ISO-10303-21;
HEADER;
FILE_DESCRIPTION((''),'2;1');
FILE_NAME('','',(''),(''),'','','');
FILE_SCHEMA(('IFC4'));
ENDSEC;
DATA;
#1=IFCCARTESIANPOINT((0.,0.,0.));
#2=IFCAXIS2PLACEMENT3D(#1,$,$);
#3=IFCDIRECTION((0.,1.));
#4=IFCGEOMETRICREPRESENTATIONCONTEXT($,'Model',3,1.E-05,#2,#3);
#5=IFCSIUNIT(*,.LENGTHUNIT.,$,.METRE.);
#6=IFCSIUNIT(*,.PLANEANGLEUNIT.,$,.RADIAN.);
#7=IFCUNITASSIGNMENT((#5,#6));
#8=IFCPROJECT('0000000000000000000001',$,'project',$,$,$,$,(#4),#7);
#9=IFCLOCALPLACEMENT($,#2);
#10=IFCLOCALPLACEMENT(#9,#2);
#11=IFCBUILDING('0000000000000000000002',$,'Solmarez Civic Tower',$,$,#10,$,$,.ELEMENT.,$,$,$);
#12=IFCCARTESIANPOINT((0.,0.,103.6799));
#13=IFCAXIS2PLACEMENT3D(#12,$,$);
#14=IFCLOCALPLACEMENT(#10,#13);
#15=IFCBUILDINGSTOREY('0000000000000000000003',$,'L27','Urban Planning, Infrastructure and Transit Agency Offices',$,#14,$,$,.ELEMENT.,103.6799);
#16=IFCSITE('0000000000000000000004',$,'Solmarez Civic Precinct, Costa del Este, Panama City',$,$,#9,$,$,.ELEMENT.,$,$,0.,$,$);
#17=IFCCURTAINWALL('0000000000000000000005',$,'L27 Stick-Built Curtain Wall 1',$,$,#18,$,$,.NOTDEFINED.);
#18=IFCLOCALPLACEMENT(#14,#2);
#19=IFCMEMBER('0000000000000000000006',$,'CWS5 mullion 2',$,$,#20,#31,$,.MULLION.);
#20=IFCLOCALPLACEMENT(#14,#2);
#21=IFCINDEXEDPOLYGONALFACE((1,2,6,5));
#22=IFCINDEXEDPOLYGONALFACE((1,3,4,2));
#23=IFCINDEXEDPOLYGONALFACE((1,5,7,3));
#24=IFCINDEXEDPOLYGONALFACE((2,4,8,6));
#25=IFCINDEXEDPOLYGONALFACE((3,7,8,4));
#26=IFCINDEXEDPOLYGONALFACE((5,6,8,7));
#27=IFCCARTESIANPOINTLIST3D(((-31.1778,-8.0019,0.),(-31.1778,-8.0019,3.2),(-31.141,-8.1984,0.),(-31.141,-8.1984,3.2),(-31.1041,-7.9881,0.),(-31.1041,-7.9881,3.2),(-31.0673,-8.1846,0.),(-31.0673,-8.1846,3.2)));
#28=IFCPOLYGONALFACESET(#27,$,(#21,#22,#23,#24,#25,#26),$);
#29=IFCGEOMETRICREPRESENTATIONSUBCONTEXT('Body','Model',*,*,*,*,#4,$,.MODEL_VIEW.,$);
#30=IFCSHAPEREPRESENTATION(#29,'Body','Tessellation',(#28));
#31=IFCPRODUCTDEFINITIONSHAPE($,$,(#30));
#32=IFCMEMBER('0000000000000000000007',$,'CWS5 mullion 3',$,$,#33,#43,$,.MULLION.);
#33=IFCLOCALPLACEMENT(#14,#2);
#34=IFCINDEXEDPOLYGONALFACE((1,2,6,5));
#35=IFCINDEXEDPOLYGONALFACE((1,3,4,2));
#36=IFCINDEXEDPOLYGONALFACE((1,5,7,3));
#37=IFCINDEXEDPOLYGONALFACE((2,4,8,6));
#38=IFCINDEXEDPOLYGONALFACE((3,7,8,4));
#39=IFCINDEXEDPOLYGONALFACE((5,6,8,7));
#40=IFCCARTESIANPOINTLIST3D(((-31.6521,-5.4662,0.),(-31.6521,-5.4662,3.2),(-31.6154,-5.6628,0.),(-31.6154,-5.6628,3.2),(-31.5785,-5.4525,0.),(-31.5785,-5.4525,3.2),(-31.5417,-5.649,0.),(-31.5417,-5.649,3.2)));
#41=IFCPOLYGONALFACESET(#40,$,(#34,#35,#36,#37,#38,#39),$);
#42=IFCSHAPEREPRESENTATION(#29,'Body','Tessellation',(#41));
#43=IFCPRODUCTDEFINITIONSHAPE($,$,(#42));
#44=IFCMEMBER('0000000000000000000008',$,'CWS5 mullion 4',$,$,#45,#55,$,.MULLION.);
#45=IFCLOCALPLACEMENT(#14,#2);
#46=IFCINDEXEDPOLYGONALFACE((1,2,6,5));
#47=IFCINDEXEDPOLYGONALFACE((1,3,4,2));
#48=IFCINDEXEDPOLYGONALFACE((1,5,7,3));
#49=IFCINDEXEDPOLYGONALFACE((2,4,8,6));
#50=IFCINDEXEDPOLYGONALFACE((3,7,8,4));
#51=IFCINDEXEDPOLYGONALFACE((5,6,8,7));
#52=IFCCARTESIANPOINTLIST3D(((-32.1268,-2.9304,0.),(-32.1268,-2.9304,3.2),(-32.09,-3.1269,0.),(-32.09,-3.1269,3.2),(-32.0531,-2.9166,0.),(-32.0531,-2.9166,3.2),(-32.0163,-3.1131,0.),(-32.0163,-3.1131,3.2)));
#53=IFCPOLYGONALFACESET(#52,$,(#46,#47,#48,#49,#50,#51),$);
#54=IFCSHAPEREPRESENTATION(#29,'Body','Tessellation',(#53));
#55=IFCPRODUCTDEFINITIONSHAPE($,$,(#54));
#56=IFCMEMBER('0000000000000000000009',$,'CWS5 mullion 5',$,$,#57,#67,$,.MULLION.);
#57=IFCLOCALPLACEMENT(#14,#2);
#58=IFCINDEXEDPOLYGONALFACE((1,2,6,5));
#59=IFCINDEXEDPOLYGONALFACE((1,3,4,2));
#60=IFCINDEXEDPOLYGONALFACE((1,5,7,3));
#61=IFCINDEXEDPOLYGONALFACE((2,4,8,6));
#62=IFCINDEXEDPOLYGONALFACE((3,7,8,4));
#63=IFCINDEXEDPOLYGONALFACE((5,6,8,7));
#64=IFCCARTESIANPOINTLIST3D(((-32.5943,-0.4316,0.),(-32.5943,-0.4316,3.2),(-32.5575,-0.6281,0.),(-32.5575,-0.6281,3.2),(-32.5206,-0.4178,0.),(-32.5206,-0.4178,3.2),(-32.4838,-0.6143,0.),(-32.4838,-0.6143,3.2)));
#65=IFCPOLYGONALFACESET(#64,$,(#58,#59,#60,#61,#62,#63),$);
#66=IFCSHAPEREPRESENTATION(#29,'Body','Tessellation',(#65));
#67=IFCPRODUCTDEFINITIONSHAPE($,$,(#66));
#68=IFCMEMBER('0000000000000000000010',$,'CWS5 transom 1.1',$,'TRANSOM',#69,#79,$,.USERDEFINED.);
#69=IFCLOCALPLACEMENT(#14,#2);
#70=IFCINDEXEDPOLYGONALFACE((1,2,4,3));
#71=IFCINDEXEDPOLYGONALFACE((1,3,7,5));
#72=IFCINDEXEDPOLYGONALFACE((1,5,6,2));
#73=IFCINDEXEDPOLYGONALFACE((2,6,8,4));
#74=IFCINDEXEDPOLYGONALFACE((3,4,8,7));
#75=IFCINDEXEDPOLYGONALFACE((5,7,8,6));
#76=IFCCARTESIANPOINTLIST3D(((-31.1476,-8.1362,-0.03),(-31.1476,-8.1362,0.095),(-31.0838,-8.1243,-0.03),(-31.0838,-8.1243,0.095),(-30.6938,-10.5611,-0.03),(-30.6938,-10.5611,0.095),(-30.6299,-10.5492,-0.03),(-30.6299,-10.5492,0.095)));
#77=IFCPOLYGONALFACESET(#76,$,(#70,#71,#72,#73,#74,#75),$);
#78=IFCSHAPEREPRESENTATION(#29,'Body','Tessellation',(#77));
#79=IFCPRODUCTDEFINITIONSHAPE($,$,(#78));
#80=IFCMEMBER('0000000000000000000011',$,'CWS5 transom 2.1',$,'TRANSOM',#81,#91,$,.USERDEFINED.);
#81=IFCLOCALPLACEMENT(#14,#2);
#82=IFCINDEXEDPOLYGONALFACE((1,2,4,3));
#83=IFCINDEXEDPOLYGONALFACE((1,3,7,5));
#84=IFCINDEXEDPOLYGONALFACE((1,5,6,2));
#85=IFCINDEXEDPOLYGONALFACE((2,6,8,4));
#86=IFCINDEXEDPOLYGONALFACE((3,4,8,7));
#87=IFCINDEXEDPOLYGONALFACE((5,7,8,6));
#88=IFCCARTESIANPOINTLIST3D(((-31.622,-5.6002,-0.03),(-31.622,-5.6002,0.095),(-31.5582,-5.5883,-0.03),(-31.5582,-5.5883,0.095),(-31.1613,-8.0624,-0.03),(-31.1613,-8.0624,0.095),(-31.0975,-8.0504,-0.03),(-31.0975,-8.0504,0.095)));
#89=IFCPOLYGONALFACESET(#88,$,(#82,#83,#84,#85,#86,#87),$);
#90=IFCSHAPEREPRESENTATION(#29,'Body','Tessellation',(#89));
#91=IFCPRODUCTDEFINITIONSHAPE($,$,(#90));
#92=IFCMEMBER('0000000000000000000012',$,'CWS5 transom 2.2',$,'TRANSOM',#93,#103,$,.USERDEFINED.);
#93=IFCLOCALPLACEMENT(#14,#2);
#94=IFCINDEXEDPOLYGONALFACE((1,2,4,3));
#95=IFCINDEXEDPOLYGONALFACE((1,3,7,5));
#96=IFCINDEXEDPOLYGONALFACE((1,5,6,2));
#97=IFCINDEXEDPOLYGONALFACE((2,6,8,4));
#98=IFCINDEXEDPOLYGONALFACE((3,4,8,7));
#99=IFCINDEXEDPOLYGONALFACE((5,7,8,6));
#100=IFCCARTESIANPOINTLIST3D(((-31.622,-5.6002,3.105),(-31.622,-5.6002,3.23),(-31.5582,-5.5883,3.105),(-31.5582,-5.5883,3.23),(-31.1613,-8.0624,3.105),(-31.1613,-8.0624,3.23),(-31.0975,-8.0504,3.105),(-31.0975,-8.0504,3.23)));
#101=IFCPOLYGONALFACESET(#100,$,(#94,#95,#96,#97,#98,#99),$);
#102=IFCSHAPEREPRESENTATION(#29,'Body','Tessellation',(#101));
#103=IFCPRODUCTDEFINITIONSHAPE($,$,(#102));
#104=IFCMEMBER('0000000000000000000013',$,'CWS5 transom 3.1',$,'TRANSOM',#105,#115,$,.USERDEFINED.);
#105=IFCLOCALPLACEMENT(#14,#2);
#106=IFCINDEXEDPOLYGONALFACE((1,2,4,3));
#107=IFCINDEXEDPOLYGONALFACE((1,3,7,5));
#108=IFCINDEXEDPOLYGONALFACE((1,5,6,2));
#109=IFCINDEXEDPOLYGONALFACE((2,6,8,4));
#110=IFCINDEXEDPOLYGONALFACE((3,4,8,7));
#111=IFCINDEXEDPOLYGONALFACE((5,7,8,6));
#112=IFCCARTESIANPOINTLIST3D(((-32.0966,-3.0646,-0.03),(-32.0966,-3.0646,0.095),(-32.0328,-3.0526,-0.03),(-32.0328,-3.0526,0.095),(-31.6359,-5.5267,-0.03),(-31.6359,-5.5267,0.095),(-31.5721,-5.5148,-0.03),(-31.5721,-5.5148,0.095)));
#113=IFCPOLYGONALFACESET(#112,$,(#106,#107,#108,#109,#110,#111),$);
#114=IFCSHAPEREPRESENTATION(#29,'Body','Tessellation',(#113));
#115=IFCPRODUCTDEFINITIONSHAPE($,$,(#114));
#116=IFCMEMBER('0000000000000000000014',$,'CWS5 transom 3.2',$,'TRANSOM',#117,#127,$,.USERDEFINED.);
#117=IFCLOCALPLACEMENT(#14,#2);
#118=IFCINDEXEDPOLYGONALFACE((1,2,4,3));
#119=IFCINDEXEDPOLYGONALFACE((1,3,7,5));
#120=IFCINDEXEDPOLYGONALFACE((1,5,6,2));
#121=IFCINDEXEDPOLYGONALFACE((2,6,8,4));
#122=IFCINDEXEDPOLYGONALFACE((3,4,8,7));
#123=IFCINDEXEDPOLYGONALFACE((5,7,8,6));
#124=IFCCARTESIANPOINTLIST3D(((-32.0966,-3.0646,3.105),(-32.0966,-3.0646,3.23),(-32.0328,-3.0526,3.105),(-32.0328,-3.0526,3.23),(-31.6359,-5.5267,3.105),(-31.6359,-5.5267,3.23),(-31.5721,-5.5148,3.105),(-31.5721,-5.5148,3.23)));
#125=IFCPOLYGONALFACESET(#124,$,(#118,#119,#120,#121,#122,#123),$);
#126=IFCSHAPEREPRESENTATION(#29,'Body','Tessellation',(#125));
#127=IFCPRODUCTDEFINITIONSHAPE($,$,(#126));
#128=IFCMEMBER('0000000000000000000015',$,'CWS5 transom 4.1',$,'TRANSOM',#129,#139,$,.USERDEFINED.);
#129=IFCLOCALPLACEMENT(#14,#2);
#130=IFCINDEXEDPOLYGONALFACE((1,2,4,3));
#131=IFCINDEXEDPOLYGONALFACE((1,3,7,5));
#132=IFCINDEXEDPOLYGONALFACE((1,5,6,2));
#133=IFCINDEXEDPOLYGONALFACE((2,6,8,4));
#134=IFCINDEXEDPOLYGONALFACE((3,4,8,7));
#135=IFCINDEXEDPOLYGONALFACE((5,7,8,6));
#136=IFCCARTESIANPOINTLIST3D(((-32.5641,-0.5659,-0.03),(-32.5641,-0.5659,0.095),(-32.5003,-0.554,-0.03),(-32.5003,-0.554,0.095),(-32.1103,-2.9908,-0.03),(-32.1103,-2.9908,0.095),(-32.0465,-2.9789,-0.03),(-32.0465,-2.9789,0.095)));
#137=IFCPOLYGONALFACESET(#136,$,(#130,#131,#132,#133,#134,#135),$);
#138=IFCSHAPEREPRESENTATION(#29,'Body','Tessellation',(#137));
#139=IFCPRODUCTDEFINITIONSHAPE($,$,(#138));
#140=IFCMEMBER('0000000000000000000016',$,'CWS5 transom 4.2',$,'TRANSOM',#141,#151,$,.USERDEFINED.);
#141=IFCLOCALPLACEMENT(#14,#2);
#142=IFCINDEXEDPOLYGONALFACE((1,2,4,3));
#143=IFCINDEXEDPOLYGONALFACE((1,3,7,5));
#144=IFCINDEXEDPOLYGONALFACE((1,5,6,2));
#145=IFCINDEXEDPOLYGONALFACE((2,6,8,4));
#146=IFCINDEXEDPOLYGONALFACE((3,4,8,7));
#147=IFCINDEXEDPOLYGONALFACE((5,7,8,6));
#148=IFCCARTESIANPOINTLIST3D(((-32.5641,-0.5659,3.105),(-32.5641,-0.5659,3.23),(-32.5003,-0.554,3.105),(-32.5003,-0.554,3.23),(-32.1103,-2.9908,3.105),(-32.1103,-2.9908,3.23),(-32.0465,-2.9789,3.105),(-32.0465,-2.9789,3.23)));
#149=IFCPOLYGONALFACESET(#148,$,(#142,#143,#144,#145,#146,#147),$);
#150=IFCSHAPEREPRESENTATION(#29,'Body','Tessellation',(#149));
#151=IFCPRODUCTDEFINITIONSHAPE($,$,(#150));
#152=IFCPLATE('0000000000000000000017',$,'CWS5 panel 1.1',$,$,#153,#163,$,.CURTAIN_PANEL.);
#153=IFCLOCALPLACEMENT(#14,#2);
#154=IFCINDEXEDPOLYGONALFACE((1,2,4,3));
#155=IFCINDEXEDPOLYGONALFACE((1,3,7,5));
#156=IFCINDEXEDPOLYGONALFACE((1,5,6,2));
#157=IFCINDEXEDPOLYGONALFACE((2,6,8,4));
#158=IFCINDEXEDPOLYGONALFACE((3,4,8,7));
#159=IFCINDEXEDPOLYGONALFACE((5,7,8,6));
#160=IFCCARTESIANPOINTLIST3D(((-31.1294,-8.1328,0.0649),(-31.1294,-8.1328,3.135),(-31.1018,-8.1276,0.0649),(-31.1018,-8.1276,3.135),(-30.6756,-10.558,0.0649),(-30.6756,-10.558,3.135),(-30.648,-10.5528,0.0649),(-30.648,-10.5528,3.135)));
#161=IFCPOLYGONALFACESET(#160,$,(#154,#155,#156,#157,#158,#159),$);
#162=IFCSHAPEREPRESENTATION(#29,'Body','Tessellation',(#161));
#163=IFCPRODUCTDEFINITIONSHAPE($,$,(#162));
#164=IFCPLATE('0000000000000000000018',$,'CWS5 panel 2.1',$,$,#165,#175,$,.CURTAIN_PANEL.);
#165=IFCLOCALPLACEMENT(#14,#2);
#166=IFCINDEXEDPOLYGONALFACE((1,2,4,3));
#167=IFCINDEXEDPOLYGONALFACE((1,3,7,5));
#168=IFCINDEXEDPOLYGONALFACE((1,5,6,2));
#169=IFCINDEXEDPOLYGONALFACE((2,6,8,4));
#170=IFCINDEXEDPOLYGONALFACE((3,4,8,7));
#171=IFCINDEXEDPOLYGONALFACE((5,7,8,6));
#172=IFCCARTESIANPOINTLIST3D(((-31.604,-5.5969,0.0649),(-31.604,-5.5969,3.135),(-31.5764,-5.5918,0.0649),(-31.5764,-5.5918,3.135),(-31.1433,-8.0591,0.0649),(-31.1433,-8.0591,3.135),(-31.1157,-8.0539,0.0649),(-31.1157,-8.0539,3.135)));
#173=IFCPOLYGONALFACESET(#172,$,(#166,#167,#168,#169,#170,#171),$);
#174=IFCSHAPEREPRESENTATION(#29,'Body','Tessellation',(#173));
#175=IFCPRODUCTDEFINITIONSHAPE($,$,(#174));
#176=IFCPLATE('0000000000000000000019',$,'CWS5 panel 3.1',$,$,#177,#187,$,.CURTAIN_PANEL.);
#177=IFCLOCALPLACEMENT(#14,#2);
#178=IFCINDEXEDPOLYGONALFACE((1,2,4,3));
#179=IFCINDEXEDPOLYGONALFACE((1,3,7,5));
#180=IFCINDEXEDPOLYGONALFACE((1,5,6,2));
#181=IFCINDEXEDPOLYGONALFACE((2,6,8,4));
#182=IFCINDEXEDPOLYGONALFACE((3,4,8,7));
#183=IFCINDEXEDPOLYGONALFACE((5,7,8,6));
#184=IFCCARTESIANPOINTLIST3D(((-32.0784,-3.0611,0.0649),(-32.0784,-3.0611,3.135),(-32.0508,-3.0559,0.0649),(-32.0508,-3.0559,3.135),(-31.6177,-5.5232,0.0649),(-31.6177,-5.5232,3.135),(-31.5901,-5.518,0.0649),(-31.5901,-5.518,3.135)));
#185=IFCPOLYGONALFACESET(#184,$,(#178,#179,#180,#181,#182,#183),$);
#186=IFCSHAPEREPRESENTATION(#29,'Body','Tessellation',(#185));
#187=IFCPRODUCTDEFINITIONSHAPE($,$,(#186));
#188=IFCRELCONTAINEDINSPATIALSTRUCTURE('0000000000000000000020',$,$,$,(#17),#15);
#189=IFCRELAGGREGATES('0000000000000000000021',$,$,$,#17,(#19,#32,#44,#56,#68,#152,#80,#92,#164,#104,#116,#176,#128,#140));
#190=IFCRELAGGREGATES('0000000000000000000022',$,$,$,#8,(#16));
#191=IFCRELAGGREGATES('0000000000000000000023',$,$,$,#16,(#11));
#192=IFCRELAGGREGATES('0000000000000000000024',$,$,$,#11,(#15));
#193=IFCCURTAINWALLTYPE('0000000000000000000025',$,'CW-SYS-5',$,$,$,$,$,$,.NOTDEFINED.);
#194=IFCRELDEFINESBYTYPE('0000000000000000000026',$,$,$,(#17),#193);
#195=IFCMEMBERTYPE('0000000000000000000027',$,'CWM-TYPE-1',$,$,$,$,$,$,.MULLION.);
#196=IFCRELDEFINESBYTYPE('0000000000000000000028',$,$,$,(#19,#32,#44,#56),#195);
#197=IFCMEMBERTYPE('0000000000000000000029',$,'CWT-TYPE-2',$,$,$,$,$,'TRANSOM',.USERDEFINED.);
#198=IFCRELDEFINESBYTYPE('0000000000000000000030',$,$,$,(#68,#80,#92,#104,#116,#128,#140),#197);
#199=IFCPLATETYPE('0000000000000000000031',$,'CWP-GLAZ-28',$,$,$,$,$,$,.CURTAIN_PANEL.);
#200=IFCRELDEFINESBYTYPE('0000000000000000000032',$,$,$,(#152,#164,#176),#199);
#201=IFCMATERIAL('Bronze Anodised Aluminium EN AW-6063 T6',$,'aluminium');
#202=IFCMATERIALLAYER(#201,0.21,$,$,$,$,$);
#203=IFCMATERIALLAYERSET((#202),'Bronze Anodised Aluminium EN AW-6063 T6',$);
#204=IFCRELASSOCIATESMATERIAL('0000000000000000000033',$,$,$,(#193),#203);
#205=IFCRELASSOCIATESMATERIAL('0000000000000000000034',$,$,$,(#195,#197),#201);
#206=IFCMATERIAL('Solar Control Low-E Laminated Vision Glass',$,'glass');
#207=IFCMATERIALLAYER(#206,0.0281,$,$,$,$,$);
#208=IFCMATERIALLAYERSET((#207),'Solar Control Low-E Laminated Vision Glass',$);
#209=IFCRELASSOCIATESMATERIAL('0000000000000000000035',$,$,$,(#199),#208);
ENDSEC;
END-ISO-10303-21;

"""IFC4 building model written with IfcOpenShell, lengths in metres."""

from ifc_helpers import new_model, si_unit, direction, frame, origin, origin_2d, place, context, subcontext, project, spatial, rectangle, extrude, material, layer, layer_set, material_profile, profile_set, type_object, element, aggregate, save


model = new_model("IFC4")

# Units and contexts
model_context = context("Model", 3, precision=1e-05, world=origin(), true_north=direction((0.0, 1.0)))
body_context = subcontext(model_context, "Body", "Model", "MODEL_VIEW")
ifc_project = project(units=[si_unit("LENGTHUNIT", "METRE"), si_unit("PLANEANGLEUNIT", "RADIAN")], contexts=[model_context])

# Site, building, storey
site_placement = place(None, origin())
site = spatial("IfcSite", under=ifc_project, at=site_placement, Name="Solmarez Civic Precinct, Costa del Este, Panama City", CompositionType="ELEMENT", RefElevation=0.0)
building_placement = place(site_placement, origin())
building = spatial("IfcBuilding", under=site, at=building_placement, Name="Solmarez Civic Tower", CompositionType="ELEMENT")
storey_placement = place(building_placement, frame((0.0, 0.0, 103.6799)))
storey = spatial("IfcBuildingStorey", under=building, at=storey_placement, Name="L27", Description="Urban Planning, Infrastructure and Transit Agency Offices", CompositionType="ELEMENT", Elevation=103.6799)

# Curtain wall, members, plates
ifc_material_1 = material(Name="Bronze Anodised Aluminium EN AW-6063 T6", Category="aluminium")
ifc_layer_1 = layer(ifc_material_1, 0.21)
ifc_layer_set_1 = layer_set([ifc_layer_1], Name="Bronze Anodised Aluminium EN AW-6063 T6")
curtain_wall_type = type_object("IfcCurtainWallType", Name="CW-SYS-5", PredefinedType="NOTDEFINED", material=ifc_layer_set_1)
curtain_wall_placement = place(storey_placement, origin())
curtain_wall = element("IfcCurtainWall", 1, at=curtain_wall_placement, inside=storey, type_object=curtain_wall_type, Name="L27 Stick-Built Curtain Wall 1", PredefinedType="NOTDEFINED")
ifc_material_profile_1 = material_profile(ifc_material_1, rectangle(XDim=0.075, YDim=0.2, at=origin_2d()), Name="CWM-75X200")
ifc_profile_set_1 = profile_set([ifc_material_profile_1], Name="Bronze Anodised Aluminium EN AW-6063 T6")
member_type_1 = type_object("IfcMemberType", Name="CWM-TYPE-1", PredefinedType="MULLION", material=ifc_profile_set_1)
member_1_placement = place(storey_placement, frame((-31.1226, -8.0933, 0.0), z_axis=(0.0, 0.0, 1.0), x_axis=(-0.982939, -0.183932, 0.0)))
member_1 = element("IfcMember", 2, at=member_1_placement, type_object=member_type_1, Name="CWS5 mullion 2", PredefinedType="MULLION", context=body_context, shape_type="SweptSolid", body=[
    extrude(rectangle(XDim=0.075, YDim=0.2, at=origin_2d()), origin(), (0.0, 0.0, 1.0), 3.2),
])
member_2_placement = place(storey_placement, frame((-31.5969, -5.5576, 0.0), z_axis=(0.0, 0.0, 1.0), x_axis=(-0.982939, -0.183932, 0.0)))
member_2 = element("IfcMember", 3, at=member_2_placement, type_object=member_type_1, Name="CWS5 mullion 3", PredefinedType="MULLION", context=body_context, shape_type="SweptSolid", body=[
    extrude(rectangle(XDim=0.075, YDim=0.2, at=origin_2d()), origin(), (0.0, 0.0, 1.0), 3.2),
])
member_3_placement = place(storey_placement, frame((-32.0715, -3.0217, 0.0), z_axis=(0.0, 0.0, 1.0), x_axis=(-0.982939, -0.183932, 0.0)))
member_3 = element("IfcMember", 4, at=member_3_placement, type_object=member_type_1, Name="CWS5 mullion 4", PredefinedType="MULLION", context=body_context, shape_type="SweptSolid", body=[
    extrude(rectangle(XDim=0.075, YDim=0.2, at=origin_2d()), origin(), (0.0, 0.0, 1.0), 3.2),
])
member_4_placement = place(storey_placement, frame((-32.5391, -0.5229, 0.0), z_axis=(0.0, 0.0, 1.0), x_axis=(-0.982939, -0.183932, 0.0)))
member_4 = element("IfcMember", 5, at=member_4_placement, type_object=member_type_1, Name="CWS5 mullion 5", PredefinedType="MULLION", context=body_context, shape_type="SweptSolid", body=[
    extrude(rectangle(XDim=0.075, YDim=0.2, at=origin_2d()), origin(), (0.0, 0.0, 1.0), 3.2),
])
ifc_material_profile_2 = material_profile(ifc_material_1, rectangle(XDim=0.0649, YDim=0.125, at=origin_2d()), Name="CWT-65X125")
ifc_profile_set_2 = profile_set([ifc_material_profile_2], Name="Bronze Anodised Aluminium EN AW-6063 T6")
member_type_2 = type_object("IfcMemberType", Name="CWT-TYPE-2", ElementType="TRANSOM", PredefinedType="USERDEFINED", material=ifc_profile_set_2)
member_5_placement = place(storey_placement, frame((-30.6619, -10.5552, 0.0325), z_axis=(-0.18396, 0.982934, 0.0), x_axis=(-0.982934, -0.18396, 0.0)))
member_5 = element("IfcMember", 6, at=member_5_placement, type_object=member_type_2, Name="CWS5 transom 1.1", ObjectType="TRANSOM", PredefinedType="USERDEFINED", context=body_context, shape_type="SweptSolid", body=[
    extrude(rectangle(XDim=0.0649, YDim=0.125, at=origin_2d()), origin(), (0.0, 0.0, 1.0), 2.467),
])
member_6_placement = place(storey_placement, frame((-31.1294, -8.0564, 0.0325), z_axis=(-0.183918, 0.982942, 0.0), x_axis=(-0.982942, -0.183918, 0.0)))
member_6 = element("IfcMember", 7, at=member_6_placement, type_object=member_type_2, Name="CWS5 transom 2.1", ObjectType="TRANSOM", PredefinedType="USERDEFINED", context=body_context, shape_type="SweptSolid", body=[
    extrude(rectangle(XDim=0.0649, YDim=0.125, at=origin_2d()), origin(), (0.0, 0.0, 1.0), 2.5049),
])
member_7_placement = place(storey_placement, frame((-31.1294, -8.0564, 3.1675), z_axis=(-0.183918, 0.982942, 0.0), x_axis=(-0.982942, -0.183918, 0.0)))
member_7 = element("IfcMember", 8, at=member_7_placement, type_object=member_type_2, Name="CWS5 transom 2.2", ObjectType="TRANSOM", PredefinedType="USERDEFINED", context=body_context, shape_type="SweptSolid", body=[
    extrude(rectangle(XDim=0.0649, YDim=0.125, at=origin_2d()), origin(), (0.0, 0.0, 1.0), 2.5049),
])
member_8_placement = place(storey_placement, frame((-31.604, -5.5208, 0.0325), z_axis=(-0.183918, 0.982942, 0.0), x_axis=(-0.982942, -0.183918, 0.0)))
member_8 = element("IfcMember", 9, at=member_8_placement, type_object=member_type_2, Name="CWS5 transom 3.1", ObjectType="TRANSOM", PredefinedType="USERDEFINED", context=body_context, shape_type="SweptSolid", body=[
    extrude(rectangle(XDim=0.0649, YDim=0.125, at=origin_2d()), origin(), (0.0, 0.0, 1.0), 2.5049),
])
member_9_placement = place(storey_placement, frame((-31.604, -5.5208, 3.1675), z_axis=(-0.183918, 0.982942, 0.0), x_axis=(-0.982942, -0.183918, 0.0)))
member_9 = element("IfcMember", 10, at=member_9_placement, type_object=member_type_2, Name="CWS5 transom 3.2", ObjectType="TRANSOM", PredefinedType="USERDEFINED", context=body_context, shape_type="SweptSolid", body=[
    extrude(rectangle(XDim=0.0649, YDim=0.125, at=origin_2d()), origin(), (0.0, 0.0, 1.0), 2.5049),
])
member_10_placement = place(storey_placement, frame((-32.0784, -2.9849, 0.0325), z_axis=(-0.18396, 0.982934, 0.0), x_axis=(-0.982934, -0.18396, 0.0)))
member_10 = element("IfcMember", 11, at=member_10_placement, type_object=member_type_2, Name="CWS5 transom 4.1", ObjectType="TRANSOM", PredefinedType="USERDEFINED", context=body_context, shape_type="SweptSolid", body=[
    extrude(rectangle(XDim=0.0649, YDim=0.125, at=origin_2d()), origin(), (0.0, 0.0, 1.0), 2.467),
])
member_11_placement = place(storey_placement, frame((-32.0784, -2.9849, 3.1675), z_axis=(-0.18396, 0.982934, 0.0), x_axis=(-0.982934, -0.18396, 0.0)))
member_11 = element("IfcMember", 12, at=member_11_placement, type_object=member_type_2, Name="CWS5 transom 4.2", ObjectType="TRANSOM", PredefinedType="USERDEFINED", context=body_context, shape_type="SweptSolid", body=[
    extrude(rectangle(XDim=0.0649, YDim=0.125, at=origin_2d()), origin(), (0.0, 0.0, 1.0), 2.467),
])
ifc_material_2 = material(Name="Solar Control Low-E Laminated Vision Glass", Category="glass")
ifc_layer_2 = layer(ifc_material_2, 0.0281)
ifc_layer_set_2 = layer_set([ifc_layer_2], Name="Solar Control Low-E Laminated Vision Glass")
plate_type = type_object("IfcPlateType", Name="CWP-GLAZ-28", PredefinedType="CURTAIN_PANEL", material=ifc_layer_set_2)
plate_1_placement = place(storey_placement, frame((-30.8887, -9.3428, 0.0649), z_axis=(0.0, 0.0, 1.0), x_axis=(-0.183932, 0.982939, 0.0)))
plate_1 = element("IfcPlate", 13, at=plate_1_placement, type_object=plate_type, Name="CWS5 panel 1.1", PredefinedType="CURTAIN_PANEL", context=body_context, shape_type="SweptSolid", body=[
    extrude(rectangle(XDim=2.4673, YDim=0.0281, at=origin_2d()), origin(), (0.0, 0.0, 1.0), 3.0701),
])
plate_2_placement = place(storey_placement, frame((-31.3599, -6.8254, 0.0649), z_axis=(0.0, 0.0, 1.0), x_axis=(-0.183932, 0.982939, 0.0)))
plate_2 = element("IfcPlate", 14, at=plate_2_placement, type_object=plate_type, Name="CWS5 panel 2.1", PredefinedType="CURTAIN_PANEL", context=body_context, shape_type="SweptSolid", body=[
    extrude(rectangle(XDim=2.5049, YDim=0.0281, at=origin_2d()), origin(), (0.0, 0.0, 1.0), 3.0701),
])
plate_3_placement = place(storey_placement, frame((-31.8342, -4.2896, 0.0649), z_axis=(0.0, 0.0, 1.0), x_axis=(-0.183932, 0.982939, 0.0)))
plate_3 = element("IfcPlate", 15, at=plate_3_placement, type_object=plate_type, Name="CWS5 panel 3.1", PredefinedType="CURTAIN_PANEL", context=body_context, shape_type="SweptSolid", body=[
    extrude(rectangle(XDim=2.5049, YDim=0.0281, at=origin_2d()), origin(), (0.0, 0.0, 1.0), 3.0701),
])
aggregate(curtain_wall, [member_1, member_2, member_3, member_4, member_5, plate_1, member_6, member_7, plate_2, member_8, member_9, plate_3, member_10, member_11])

save(model, "model.ifc")
